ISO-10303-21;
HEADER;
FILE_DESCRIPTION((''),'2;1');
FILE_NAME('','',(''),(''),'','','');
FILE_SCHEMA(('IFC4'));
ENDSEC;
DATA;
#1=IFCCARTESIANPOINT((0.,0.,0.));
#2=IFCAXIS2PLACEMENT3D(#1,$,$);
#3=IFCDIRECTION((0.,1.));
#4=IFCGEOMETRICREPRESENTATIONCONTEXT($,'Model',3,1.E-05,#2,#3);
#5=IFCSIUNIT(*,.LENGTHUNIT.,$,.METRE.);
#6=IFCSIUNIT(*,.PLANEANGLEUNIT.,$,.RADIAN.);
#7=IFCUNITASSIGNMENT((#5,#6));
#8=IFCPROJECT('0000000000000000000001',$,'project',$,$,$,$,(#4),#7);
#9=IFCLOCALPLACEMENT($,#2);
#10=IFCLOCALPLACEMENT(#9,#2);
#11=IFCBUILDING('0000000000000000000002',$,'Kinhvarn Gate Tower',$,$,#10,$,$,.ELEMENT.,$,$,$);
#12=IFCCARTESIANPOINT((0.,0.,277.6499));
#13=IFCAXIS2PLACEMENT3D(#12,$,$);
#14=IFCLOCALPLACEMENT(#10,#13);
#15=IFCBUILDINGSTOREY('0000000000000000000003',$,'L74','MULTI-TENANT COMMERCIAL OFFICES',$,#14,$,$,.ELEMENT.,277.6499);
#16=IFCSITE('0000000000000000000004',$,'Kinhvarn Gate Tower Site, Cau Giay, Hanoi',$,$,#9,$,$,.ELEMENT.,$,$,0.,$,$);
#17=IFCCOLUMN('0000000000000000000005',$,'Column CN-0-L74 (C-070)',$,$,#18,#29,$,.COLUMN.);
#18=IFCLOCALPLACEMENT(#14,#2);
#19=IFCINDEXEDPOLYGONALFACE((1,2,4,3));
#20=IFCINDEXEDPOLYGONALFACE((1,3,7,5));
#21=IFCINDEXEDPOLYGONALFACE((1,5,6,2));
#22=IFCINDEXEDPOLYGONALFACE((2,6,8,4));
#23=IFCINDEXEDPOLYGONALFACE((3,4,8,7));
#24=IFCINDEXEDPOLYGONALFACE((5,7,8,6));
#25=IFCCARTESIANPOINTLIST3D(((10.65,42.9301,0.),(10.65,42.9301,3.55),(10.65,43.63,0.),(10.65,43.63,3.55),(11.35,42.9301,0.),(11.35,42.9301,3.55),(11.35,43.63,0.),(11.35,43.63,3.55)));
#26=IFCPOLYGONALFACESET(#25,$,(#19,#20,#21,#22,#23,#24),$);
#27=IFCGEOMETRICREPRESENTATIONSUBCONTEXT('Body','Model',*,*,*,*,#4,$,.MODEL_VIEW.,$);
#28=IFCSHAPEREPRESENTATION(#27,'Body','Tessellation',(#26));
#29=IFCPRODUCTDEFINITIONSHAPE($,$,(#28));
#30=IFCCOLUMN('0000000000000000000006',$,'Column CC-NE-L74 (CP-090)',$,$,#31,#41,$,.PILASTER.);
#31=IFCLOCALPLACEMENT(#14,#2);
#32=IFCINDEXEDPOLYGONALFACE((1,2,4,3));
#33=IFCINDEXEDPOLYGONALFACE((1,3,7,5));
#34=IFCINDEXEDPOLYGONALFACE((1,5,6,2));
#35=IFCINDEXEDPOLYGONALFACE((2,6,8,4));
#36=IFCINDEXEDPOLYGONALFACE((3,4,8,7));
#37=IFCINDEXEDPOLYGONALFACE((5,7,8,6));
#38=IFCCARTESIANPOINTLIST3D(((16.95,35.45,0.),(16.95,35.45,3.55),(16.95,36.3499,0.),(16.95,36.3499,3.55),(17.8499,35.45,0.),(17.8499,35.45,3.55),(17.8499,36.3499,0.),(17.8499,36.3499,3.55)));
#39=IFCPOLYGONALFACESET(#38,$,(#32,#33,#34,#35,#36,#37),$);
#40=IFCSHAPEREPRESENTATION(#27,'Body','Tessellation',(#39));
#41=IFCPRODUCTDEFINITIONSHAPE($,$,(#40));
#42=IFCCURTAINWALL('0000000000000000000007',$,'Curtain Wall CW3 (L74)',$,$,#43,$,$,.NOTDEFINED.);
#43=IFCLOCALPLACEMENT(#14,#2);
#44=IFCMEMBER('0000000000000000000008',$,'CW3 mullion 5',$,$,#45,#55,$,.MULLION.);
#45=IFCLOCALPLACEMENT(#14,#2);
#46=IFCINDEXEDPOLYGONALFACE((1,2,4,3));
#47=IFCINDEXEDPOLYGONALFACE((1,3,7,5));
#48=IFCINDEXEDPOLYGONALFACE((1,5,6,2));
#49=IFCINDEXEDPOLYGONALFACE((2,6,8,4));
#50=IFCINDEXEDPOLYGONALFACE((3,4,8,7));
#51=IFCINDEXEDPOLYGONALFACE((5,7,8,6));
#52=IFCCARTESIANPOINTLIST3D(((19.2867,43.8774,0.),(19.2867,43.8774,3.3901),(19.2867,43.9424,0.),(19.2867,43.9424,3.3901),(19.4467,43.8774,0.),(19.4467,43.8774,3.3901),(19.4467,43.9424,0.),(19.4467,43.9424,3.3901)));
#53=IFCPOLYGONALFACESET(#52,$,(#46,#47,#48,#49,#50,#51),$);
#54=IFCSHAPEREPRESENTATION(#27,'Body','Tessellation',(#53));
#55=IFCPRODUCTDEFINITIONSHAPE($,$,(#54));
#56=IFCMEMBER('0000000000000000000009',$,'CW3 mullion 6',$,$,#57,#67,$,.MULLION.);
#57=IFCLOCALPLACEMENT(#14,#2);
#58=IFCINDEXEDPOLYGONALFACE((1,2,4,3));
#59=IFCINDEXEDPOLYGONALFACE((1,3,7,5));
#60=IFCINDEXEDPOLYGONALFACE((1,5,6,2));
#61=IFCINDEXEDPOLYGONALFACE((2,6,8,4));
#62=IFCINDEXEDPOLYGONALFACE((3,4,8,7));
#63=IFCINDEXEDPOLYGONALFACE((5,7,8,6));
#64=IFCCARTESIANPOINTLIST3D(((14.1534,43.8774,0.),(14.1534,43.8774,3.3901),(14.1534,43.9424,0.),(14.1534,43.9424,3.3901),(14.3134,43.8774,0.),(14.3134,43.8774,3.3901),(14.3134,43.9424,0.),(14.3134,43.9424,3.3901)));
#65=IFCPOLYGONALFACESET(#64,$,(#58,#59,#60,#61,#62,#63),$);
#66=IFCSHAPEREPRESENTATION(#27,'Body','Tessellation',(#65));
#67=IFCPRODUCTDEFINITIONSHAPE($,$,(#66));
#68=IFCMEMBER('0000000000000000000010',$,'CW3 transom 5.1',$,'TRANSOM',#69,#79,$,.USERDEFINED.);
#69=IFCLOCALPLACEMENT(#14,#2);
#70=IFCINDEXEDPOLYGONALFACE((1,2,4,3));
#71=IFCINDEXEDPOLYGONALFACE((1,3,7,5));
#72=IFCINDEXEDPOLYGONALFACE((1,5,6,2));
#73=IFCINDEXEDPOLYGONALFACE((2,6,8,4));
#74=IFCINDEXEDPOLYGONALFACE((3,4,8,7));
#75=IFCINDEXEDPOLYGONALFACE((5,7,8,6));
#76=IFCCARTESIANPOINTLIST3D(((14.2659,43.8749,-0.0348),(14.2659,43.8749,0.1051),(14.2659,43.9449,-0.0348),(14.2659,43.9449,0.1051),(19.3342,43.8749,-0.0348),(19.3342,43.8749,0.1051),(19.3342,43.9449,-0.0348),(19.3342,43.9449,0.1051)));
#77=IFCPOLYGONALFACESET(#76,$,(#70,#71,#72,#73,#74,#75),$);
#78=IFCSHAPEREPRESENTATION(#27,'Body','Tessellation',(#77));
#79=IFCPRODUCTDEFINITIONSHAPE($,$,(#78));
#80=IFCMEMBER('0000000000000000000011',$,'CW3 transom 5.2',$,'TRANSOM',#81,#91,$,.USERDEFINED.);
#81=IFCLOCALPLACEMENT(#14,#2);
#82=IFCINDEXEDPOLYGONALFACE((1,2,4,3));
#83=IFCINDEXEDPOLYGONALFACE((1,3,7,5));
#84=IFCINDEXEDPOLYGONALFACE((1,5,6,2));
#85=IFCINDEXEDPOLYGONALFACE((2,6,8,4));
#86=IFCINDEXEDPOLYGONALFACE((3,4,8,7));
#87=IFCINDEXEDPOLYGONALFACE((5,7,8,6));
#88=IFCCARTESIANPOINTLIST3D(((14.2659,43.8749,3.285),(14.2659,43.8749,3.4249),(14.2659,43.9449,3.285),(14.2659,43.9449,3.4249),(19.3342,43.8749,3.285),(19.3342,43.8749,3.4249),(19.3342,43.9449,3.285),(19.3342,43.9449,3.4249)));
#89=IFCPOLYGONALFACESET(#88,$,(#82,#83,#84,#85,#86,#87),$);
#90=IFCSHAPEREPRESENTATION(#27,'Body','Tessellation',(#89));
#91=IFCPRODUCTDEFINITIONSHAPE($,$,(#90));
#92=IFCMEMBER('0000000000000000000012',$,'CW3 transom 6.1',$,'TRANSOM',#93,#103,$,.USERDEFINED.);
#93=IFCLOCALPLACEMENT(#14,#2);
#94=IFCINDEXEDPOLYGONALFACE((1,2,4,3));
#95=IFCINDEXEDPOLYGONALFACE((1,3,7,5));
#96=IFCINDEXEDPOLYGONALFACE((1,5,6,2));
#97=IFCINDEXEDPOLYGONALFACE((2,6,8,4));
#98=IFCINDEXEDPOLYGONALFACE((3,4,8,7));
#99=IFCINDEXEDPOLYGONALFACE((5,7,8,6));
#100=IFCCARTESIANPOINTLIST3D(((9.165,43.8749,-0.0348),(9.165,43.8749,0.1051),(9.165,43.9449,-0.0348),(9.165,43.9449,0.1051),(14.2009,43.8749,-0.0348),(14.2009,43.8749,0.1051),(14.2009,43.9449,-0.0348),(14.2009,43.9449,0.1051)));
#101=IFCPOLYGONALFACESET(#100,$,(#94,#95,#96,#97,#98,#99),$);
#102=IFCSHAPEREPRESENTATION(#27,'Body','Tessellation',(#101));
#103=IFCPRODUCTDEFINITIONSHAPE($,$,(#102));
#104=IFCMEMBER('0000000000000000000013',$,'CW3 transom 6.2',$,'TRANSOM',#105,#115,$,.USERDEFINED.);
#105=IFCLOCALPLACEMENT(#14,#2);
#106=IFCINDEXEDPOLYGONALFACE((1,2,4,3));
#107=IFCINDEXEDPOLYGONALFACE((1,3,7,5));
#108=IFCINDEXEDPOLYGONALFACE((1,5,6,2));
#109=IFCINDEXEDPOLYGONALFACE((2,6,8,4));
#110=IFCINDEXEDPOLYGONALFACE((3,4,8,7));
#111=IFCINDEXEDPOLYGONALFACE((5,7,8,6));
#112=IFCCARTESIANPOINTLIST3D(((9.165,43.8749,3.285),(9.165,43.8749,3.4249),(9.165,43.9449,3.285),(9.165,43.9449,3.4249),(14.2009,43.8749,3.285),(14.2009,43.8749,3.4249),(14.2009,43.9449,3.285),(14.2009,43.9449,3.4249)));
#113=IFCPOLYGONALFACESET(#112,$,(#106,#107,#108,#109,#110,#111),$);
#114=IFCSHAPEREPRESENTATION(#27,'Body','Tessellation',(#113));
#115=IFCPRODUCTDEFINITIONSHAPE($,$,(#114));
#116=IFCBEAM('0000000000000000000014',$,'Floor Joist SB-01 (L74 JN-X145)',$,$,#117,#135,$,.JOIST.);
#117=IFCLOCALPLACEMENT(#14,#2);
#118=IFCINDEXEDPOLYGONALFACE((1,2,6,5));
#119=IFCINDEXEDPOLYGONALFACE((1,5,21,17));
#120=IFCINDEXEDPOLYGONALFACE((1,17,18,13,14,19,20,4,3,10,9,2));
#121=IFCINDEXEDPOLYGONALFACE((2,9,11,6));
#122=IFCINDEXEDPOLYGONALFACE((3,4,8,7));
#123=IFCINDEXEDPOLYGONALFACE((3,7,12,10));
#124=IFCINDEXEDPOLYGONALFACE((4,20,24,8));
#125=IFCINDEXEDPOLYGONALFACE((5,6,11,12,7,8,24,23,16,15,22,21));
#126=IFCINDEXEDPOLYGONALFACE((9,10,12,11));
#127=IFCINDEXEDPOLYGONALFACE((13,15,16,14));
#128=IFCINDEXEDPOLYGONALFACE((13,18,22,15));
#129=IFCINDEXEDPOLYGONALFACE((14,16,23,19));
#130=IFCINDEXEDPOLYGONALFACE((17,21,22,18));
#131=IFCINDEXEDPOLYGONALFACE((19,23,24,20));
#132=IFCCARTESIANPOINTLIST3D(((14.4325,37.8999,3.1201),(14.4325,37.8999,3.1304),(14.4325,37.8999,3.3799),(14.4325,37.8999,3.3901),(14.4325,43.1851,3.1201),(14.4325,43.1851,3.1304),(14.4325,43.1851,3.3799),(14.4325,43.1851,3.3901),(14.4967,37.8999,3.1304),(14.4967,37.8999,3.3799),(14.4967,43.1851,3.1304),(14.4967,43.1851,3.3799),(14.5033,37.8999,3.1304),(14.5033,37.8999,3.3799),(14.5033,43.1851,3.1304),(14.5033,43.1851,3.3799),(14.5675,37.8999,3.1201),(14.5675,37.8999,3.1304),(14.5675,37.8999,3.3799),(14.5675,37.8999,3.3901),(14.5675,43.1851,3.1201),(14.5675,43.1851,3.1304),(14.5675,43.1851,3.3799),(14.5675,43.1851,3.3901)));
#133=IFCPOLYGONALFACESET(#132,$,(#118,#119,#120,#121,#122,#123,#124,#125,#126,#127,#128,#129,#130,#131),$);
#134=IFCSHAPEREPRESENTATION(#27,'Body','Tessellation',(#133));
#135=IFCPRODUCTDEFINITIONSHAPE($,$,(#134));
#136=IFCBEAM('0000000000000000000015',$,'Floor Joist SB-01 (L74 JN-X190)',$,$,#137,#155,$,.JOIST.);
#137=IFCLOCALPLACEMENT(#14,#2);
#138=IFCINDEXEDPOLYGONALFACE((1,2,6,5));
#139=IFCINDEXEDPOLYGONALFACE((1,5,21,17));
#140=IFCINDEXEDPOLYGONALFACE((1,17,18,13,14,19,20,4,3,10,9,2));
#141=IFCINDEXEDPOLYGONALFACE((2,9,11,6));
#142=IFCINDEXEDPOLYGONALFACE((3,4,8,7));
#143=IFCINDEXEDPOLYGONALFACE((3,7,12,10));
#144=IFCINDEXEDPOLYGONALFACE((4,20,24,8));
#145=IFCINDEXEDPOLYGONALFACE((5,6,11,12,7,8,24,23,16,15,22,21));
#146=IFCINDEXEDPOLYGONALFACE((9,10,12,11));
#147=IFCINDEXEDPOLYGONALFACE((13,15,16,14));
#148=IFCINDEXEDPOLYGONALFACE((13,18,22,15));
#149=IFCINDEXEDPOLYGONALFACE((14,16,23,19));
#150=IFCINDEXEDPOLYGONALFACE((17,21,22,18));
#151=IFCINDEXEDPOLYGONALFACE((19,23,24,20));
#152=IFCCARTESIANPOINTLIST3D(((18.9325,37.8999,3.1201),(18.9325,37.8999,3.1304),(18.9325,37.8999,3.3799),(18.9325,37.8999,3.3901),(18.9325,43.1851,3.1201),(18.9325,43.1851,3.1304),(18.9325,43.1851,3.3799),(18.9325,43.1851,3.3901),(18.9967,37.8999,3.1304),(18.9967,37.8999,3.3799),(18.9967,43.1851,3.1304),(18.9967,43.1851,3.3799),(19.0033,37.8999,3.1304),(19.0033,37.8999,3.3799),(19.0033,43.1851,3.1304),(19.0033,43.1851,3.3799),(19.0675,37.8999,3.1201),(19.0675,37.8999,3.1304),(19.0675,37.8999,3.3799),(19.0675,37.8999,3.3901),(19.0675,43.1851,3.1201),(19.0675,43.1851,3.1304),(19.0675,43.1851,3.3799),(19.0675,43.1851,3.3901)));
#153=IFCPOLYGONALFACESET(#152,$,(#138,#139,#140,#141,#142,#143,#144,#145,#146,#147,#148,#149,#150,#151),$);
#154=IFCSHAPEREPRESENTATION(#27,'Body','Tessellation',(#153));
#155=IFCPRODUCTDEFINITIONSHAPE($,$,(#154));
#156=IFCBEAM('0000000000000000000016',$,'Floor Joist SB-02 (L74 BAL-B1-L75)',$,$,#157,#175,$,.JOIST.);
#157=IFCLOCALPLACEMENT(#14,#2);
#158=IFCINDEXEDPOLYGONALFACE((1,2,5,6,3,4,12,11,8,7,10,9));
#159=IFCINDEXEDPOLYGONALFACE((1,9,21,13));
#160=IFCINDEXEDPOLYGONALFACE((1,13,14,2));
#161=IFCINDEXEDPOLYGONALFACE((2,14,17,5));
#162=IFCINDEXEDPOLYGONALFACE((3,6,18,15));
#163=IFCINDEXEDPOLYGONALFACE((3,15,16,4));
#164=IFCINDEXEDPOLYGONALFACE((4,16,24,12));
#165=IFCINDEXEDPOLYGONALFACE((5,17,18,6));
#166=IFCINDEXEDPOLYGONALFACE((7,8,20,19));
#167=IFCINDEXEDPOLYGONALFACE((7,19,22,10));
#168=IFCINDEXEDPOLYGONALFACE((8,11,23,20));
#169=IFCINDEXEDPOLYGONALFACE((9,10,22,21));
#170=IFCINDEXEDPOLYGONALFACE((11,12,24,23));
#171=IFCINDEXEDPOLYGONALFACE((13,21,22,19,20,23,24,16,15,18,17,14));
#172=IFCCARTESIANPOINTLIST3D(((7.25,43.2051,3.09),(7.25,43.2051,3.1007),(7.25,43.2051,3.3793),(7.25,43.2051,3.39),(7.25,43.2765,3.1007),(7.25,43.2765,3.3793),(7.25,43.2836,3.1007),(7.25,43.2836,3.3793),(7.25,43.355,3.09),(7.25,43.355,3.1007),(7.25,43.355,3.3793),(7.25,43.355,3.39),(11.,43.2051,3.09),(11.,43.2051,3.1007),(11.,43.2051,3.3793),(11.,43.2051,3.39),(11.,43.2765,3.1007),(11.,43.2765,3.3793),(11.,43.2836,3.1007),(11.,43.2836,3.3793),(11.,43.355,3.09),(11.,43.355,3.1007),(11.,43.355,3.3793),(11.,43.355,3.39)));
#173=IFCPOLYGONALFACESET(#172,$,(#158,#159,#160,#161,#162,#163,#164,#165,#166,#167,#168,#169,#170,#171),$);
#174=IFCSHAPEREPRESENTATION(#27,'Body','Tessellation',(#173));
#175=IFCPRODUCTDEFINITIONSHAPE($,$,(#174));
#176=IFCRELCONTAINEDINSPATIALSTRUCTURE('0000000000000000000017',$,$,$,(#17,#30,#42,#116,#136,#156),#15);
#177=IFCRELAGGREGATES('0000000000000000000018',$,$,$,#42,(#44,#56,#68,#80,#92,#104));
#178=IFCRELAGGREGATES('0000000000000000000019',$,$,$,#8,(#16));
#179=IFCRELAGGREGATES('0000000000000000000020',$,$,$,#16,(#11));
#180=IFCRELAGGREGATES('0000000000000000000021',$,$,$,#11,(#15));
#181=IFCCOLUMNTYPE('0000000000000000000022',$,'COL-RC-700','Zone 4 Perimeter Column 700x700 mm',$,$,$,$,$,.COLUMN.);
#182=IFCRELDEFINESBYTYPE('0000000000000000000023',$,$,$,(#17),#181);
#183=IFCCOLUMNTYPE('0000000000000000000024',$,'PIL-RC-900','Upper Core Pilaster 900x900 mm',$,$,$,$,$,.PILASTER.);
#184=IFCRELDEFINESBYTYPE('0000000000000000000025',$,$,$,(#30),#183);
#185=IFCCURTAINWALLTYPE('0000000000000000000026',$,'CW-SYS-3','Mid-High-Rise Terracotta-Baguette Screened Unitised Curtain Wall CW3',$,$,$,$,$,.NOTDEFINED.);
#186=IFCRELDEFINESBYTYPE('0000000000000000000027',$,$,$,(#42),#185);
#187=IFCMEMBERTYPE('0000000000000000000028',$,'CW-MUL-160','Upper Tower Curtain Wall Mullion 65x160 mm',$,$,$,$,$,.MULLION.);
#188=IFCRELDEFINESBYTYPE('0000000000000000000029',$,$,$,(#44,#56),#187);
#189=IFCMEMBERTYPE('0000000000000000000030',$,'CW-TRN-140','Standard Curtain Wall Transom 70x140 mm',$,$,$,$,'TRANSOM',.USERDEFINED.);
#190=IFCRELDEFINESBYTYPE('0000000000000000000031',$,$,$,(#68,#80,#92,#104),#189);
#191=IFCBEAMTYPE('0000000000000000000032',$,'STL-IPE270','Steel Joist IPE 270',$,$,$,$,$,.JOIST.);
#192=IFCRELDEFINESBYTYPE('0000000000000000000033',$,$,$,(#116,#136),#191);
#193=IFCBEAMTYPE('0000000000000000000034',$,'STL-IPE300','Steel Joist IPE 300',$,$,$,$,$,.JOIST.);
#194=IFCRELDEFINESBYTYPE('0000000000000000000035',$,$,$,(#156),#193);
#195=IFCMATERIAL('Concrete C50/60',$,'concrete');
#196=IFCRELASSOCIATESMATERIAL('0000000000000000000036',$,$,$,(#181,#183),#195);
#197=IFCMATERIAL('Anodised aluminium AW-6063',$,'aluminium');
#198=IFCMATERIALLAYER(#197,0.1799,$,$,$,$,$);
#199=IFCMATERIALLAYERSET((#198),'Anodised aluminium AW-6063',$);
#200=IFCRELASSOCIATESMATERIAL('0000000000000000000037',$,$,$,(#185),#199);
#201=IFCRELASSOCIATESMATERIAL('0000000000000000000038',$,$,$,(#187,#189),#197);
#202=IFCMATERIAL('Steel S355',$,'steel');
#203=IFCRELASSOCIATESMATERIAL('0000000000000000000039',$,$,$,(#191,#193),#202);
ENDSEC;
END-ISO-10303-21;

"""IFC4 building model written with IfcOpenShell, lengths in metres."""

from ifc_helpers import new_model, si_unit, direction, frame, origin, origin_2d, place, context, subcontext, project, spatial, rectangle, i_section, extrude, material, layer, layer_set, material_profile, profile_set, type_object, element, aggregate, save


model = new_model("IFC4")

# Units and contexts
model_context = context("Model", 3, precision=1e-05, world=origin(), true_north=direction((0.0, 1.0)))
body_context = subcontext(model_context, "Body", "Model", "MODEL_VIEW")
ifc_project = project(units=[si_unit("LENGTHUNIT", "METRE"), si_unit("PLANEANGLEUNIT", "RADIAN")], contexts=[model_context])

# Site, building, storey
site_placement = place(None, origin())
site = spatial("IfcSite", under=ifc_project, at=site_placement, Name="Kinhvarn Gate Tower Site, Cau Giay, Hanoi", CompositionType="ELEMENT", RefElevation=0.0)
building_placement = place(site_placement, origin())
building = spatial("IfcBuilding", under=site, at=building_placement, Name="Kinhvarn Gate Tower", CompositionType="ELEMENT")
storey_placement = place(building_placement, frame((0.0, 0.0, 277.6499)))
storey = spatial("IfcBuildingStorey", under=building, at=storey_placement, Name="L74", Description="MULTI-TENANT COMMERCIAL OFFICES", CompositionType="ELEMENT", Elevation=277.6499)

# Columns
ifc_material_1 = material(Name="Concrete C50/60", Category="concrete")
ifc_material_profile_1 = material_profile(ifc_material_1, rectangle(XDim=0.7, YDim=0.7, at=origin_2d()), Name="RC 700x700")
ifc_profile_set_1 = profile_set([ifc_material_profile_1], Name="Concrete C50/60")
column_type_1 = type_object("IfcColumnType", Name="COL-RC-700", Description="Zone 4 Perimeter Column 700x700 mm", PredefinedType="COLUMN", material=ifc_profile_set_1)
column_1_placement = place(storey_placement, frame((11.0, 43.28, 0.0), z_axis=(0.0, 0.0, 1.0), x_axis=(1.0, 0.0, 0.0)))
element("IfcColumn", 1, at=column_1_placement, inside=storey, type_object=column_type_1, Name="Column CN-0-L74 (C-070)", PredefinedType="COLUMN", context=body_context, shape_type="SweptSolid", body=[
    extrude(rectangle(XDim=0.7, YDim=0.7, at=origin_2d()), origin(), (0.0, 0.0, 1.0), 3.55),
])
ifc_material_profile_2 = material_profile(ifc_material_1, rectangle(XDim=0.8999, YDim=0.8999, at=origin_2d()), Name="RC 900x900")
ifc_profile_set_2 = profile_set([ifc_material_profile_2], Name="Concrete C50/60")
column_type_2 = type_object("IfcColumnType", Name="PIL-RC-900", Description="Upper Core Pilaster 900x900 mm", PredefinedType="PILASTER", material=ifc_profile_set_2)
column_2_placement = place(storey_placement, frame((17.3999, 35.8999, 0.0), z_axis=(0.0, 0.0, 1.0), x_axis=(1.0, 0.0, 0.0)))
element("IfcColumn", 2, at=column_2_placement, inside=storey, type_object=column_type_2, Name="Column CC-NE-L74 (CP-090)", PredefinedType="PILASTER", context=body_context, shape_type="SweptSolid", body=[
    extrude(rectangle(XDim=0.8999, YDim=0.8999, at=origin_2d()), origin(), (0.0, 0.0, 1.0), 3.55),
])

# Curtain wall, members
ifc_material_2 = material(Name="Anodised aluminium AW-6063", Category="aluminium")
ifc_layer_1 = layer(ifc_material_2, 0.1799)
ifc_layer_set_1 = layer_set([ifc_layer_1], Name="Anodised aluminium AW-6063")
curtain_wall_type = type_object("IfcCurtainWallType", Name="CW-SYS-3", Description="Mid-High-Rise Terracotta-Baguette Screened Unitised Curtain Wall CW3", PredefinedType="NOTDEFINED", material=ifc_layer_set_1)
curtain_wall_placement = place(storey_placement, origin())
curtain_wall = element("IfcCurtainWall", 3, at=curtain_wall_placement, inside=storey, type_object=curtain_wall_type, Name="Curtain Wall CW3 (L74)", PredefinedType="NOTDEFINED")
ifc_material_profile_3 = material_profile(ifc_material_2, rectangle(XDim=0.0649, YDim=0.1599, at=origin_2d()), Name="ALU 65x160")
ifc_profile_set_3 = profile_set([ifc_material_profile_3], Name="Anodised aluminium AW-6063")
member_type_1 = type_object("IfcMemberType", Name="CW-MUL-160", Description="Upper Tower Curtain Wall Mullion 65x160 mm", PredefinedType="MULLION", material=ifc_profile_set_3)
member_1_placement = place(storey_placement, frame((19.3667, 43.9099, 0.0), z_axis=(0.0, 0.0, 1.0), x_axis=(0.0, -1.0, 0.0)))
member_1 = element("IfcMember", 4, at=member_1_placement, type_object=member_type_1, Name="CW3 mullion 5", PredefinedType="MULLION", context=body_context, shape_type="SweptSolid", body=[
    extrude(rectangle(XDim=0.0649, YDim=0.1599, at=origin_2d()), origin(), (0.0, 0.0, 1.0), 3.3901),
])
member_2_placement = place(storey_placement, frame((14.2334, 43.9099, 0.0), z_axis=(0.0, 0.0, 1.0), x_axis=(0.0, -1.0, 0.0)))
member_2 = element("IfcMember", 5, at=member_2_placement, type_object=member_type_1, Name="CW3 mullion 6", PredefinedType="MULLION", context=body_context, shape_type="SweptSolid", body=[
    extrude(rectangle(XDim=0.0649, YDim=0.1599, at=origin_2d()), origin(), (0.0, 0.0, 1.0), 3.3901),
])
ifc_material_profile_4 = material_profile(ifc_material_2, rectangle(XDim=0.0701, YDim=0.1399, at=origin_2d()), Name="ALU 70x140")
ifc_profile_set_4 = profile_set([ifc_material_profile_4], Name="Anodised aluminium AW-6063")
member_type_2 = type_object("IfcMemberType", Name="CW-TRN-140", Description="Standard Curtain Wall Transom 70x140 mm", ElementType="TRANSOM", PredefinedType="USERDEFINED", material=ifc_profile_set_4)
member_3_placement = place(storey_placement, frame((19.3342, 43.9099, 0.0352), z_axis=(-1.0, 0.0, 0.0), x_axis=(0.0, -1.0, 0.0)))
member_3 = element("IfcMember", 6, at=member_3_placement, type_object=member_type_2, Name="CW3 transom 5.1", ObjectType="TRANSOM", PredefinedType="USERDEFINED", context=body_context, shape_type="SweptSolid", body=[
    extrude(rectangle(XDim=0.0701, YDim=0.1399, at=origin_2d()), origin(), (0.0, 0.0, 1.0), 5.0684),
])
member_4_placement = place(storey_placement, frame((19.3342, 43.9099, 3.355), z_axis=(-1.0, 0.0, 0.0), x_axis=(0.0, -1.0, 0.0)))
member_4 = element("IfcMember", 7, at=member_4_placement, type_object=member_type_2, Name="CW3 transom 5.2", ObjectType="TRANSOM", PredefinedType="USERDEFINED", context=body_context, shape_type="SweptSolid", body=[
    extrude(rectangle(XDim=0.0701, YDim=0.1399, at=origin_2d()), origin(), (0.0, 0.0, 1.0), 5.0684),
])
member_5_placement = place(storey_placement, frame((14.2009, 43.9099, 0.0352), z_axis=(-1.0, 0.0, 0.0), x_axis=(0.0, -1.0, 0.0)))
member_5 = element("IfcMember", 8, at=member_5_placement, type_object=member_type_2, Name="CW3 transom 6.1", ObjectType="TRANSOM", PredefinedType="USERDEFINED", context=body_context, shape_type="SweptSolid", body=[
    extrude(rectangle(XDim=0.0701, YDim=0.1399, at=origin_2d()), origin(), (0.0, 0.0, 1.0), 5.0359),
])
member_6_placement = place(storey_placement, frame((14.2009, 43.9099, 3.355), z_axis=(-1.0, 0.0, 0.0), x_axis=(0.0, -1.0, 0.0)))
member_6 = element("IfcMember", 9, at=member_6_placement, type_object=member_type_2, Name="CW3 transom 6.2", ObjectType="TRANSOM", PredefinedType="USERDEFINED", context=body_context, shape_type="SweptSolid", body=[
    extrude(rectangle(XDim=0.0701, YDim=0.1399, at=origin_2d()), origin(), (0.0, 0.0, 1.0), 5.0359),
])

# Beams
ifc_material_3 = material(Name="Steel S355", Category="steel")
ifc_material_profile_5 = material_profile(ifc_material_3, i_section(OverallWidth=0.135, OverallDepth=0.27, WebThickness=0.0066, FlangeThickness=0.0103, at=origin_2d()), Name="IPE 270")
ifc_profile_set_5 = profile_set([ifc_material_profile_5], Name="Steel S355")
beam_type_1 = type_object("IfcBeamType", Name="STL-IPE270", Description="Steel Joist IPE 270", PredefinedType="JOIST", material=ifc_profile_set_5)
for number, where, z_axis, x_axis, name in (
    (10, (14.5, 37.8999, 3.2551), (0.0, 1.0, 0.0), (-1.0, 0.0, 0.0), "Floor Joist SB-01 (L74 JN-X145)"),
    (11, (19.0, 37.8999, 3.2551), (0.0, 1.0, 0.0), (-1.0, 0.0, 0.0), "Floor Joist SB-01 (L74 JN-X190)"),
):
    element("IfcBeam", number, at=place(storey_placement, frame(where, z_axis=z_axis, x_axis=x_axis)), inside=storey, type_object=beam_type_1, Name=name, PredefinedType="JOIST", context=body_context, shape_type="SweptSolid", body=[
        extrude(i_section(OverallWidth=0.135, OverallDepth=0.27, WebThickness=0.0066, FlangeThickness=0.0103, at=origin_2d()), origin(), (0.0, 0.0, 1.0), 5.2852),
    ])
ifc_material_profile_6 = material_profile(ifc_material_3, i_section(OverallWidth=0.1499, OverallDepth=0.3, WebThickness=0.0071, FlangeThickness=0.0107, at=origin_2d()), Name="IPE 300")
ifc_profile_set_6 = profile_set([ifc_material_profile_6], Name="Steel S355")
beam_type_2 = type_object("IfcBeamType", Name="STL-IPE300", Description="Steel Joist IPE 300", PredefinedType="JOIST", material=ifc_profile_set_6)
beam_1_placement = place(storey_placement, frame((11.0, 43.28, 3.24), z_axis=(-1.0, 0.0, 0.0), x_axis=(0.0, -1.0, 0.0)))
element("IfcBeam", 12, at=beam_1_placement, inside=storey, type_object=beam_type_2, Name="Floor Joist SB-02 (L74 BAL-B1-L75)", PredefinedType="JOIST", context=body_context, shape_type="SweptSolid", body=[
    extrude(i_section(OverallWidth=0.1499, OverallDepth=0.3, WebThickness=0.0071, FlangeThickness=0.0107, at=origin_2d()), origin(), (0.0, 0.0, 1.0), 3.75),
])

aggregate(curtain_wall, [member_1, member_2, member_3, member_4, member_5, member_6])

save(model, "model.ifc")
